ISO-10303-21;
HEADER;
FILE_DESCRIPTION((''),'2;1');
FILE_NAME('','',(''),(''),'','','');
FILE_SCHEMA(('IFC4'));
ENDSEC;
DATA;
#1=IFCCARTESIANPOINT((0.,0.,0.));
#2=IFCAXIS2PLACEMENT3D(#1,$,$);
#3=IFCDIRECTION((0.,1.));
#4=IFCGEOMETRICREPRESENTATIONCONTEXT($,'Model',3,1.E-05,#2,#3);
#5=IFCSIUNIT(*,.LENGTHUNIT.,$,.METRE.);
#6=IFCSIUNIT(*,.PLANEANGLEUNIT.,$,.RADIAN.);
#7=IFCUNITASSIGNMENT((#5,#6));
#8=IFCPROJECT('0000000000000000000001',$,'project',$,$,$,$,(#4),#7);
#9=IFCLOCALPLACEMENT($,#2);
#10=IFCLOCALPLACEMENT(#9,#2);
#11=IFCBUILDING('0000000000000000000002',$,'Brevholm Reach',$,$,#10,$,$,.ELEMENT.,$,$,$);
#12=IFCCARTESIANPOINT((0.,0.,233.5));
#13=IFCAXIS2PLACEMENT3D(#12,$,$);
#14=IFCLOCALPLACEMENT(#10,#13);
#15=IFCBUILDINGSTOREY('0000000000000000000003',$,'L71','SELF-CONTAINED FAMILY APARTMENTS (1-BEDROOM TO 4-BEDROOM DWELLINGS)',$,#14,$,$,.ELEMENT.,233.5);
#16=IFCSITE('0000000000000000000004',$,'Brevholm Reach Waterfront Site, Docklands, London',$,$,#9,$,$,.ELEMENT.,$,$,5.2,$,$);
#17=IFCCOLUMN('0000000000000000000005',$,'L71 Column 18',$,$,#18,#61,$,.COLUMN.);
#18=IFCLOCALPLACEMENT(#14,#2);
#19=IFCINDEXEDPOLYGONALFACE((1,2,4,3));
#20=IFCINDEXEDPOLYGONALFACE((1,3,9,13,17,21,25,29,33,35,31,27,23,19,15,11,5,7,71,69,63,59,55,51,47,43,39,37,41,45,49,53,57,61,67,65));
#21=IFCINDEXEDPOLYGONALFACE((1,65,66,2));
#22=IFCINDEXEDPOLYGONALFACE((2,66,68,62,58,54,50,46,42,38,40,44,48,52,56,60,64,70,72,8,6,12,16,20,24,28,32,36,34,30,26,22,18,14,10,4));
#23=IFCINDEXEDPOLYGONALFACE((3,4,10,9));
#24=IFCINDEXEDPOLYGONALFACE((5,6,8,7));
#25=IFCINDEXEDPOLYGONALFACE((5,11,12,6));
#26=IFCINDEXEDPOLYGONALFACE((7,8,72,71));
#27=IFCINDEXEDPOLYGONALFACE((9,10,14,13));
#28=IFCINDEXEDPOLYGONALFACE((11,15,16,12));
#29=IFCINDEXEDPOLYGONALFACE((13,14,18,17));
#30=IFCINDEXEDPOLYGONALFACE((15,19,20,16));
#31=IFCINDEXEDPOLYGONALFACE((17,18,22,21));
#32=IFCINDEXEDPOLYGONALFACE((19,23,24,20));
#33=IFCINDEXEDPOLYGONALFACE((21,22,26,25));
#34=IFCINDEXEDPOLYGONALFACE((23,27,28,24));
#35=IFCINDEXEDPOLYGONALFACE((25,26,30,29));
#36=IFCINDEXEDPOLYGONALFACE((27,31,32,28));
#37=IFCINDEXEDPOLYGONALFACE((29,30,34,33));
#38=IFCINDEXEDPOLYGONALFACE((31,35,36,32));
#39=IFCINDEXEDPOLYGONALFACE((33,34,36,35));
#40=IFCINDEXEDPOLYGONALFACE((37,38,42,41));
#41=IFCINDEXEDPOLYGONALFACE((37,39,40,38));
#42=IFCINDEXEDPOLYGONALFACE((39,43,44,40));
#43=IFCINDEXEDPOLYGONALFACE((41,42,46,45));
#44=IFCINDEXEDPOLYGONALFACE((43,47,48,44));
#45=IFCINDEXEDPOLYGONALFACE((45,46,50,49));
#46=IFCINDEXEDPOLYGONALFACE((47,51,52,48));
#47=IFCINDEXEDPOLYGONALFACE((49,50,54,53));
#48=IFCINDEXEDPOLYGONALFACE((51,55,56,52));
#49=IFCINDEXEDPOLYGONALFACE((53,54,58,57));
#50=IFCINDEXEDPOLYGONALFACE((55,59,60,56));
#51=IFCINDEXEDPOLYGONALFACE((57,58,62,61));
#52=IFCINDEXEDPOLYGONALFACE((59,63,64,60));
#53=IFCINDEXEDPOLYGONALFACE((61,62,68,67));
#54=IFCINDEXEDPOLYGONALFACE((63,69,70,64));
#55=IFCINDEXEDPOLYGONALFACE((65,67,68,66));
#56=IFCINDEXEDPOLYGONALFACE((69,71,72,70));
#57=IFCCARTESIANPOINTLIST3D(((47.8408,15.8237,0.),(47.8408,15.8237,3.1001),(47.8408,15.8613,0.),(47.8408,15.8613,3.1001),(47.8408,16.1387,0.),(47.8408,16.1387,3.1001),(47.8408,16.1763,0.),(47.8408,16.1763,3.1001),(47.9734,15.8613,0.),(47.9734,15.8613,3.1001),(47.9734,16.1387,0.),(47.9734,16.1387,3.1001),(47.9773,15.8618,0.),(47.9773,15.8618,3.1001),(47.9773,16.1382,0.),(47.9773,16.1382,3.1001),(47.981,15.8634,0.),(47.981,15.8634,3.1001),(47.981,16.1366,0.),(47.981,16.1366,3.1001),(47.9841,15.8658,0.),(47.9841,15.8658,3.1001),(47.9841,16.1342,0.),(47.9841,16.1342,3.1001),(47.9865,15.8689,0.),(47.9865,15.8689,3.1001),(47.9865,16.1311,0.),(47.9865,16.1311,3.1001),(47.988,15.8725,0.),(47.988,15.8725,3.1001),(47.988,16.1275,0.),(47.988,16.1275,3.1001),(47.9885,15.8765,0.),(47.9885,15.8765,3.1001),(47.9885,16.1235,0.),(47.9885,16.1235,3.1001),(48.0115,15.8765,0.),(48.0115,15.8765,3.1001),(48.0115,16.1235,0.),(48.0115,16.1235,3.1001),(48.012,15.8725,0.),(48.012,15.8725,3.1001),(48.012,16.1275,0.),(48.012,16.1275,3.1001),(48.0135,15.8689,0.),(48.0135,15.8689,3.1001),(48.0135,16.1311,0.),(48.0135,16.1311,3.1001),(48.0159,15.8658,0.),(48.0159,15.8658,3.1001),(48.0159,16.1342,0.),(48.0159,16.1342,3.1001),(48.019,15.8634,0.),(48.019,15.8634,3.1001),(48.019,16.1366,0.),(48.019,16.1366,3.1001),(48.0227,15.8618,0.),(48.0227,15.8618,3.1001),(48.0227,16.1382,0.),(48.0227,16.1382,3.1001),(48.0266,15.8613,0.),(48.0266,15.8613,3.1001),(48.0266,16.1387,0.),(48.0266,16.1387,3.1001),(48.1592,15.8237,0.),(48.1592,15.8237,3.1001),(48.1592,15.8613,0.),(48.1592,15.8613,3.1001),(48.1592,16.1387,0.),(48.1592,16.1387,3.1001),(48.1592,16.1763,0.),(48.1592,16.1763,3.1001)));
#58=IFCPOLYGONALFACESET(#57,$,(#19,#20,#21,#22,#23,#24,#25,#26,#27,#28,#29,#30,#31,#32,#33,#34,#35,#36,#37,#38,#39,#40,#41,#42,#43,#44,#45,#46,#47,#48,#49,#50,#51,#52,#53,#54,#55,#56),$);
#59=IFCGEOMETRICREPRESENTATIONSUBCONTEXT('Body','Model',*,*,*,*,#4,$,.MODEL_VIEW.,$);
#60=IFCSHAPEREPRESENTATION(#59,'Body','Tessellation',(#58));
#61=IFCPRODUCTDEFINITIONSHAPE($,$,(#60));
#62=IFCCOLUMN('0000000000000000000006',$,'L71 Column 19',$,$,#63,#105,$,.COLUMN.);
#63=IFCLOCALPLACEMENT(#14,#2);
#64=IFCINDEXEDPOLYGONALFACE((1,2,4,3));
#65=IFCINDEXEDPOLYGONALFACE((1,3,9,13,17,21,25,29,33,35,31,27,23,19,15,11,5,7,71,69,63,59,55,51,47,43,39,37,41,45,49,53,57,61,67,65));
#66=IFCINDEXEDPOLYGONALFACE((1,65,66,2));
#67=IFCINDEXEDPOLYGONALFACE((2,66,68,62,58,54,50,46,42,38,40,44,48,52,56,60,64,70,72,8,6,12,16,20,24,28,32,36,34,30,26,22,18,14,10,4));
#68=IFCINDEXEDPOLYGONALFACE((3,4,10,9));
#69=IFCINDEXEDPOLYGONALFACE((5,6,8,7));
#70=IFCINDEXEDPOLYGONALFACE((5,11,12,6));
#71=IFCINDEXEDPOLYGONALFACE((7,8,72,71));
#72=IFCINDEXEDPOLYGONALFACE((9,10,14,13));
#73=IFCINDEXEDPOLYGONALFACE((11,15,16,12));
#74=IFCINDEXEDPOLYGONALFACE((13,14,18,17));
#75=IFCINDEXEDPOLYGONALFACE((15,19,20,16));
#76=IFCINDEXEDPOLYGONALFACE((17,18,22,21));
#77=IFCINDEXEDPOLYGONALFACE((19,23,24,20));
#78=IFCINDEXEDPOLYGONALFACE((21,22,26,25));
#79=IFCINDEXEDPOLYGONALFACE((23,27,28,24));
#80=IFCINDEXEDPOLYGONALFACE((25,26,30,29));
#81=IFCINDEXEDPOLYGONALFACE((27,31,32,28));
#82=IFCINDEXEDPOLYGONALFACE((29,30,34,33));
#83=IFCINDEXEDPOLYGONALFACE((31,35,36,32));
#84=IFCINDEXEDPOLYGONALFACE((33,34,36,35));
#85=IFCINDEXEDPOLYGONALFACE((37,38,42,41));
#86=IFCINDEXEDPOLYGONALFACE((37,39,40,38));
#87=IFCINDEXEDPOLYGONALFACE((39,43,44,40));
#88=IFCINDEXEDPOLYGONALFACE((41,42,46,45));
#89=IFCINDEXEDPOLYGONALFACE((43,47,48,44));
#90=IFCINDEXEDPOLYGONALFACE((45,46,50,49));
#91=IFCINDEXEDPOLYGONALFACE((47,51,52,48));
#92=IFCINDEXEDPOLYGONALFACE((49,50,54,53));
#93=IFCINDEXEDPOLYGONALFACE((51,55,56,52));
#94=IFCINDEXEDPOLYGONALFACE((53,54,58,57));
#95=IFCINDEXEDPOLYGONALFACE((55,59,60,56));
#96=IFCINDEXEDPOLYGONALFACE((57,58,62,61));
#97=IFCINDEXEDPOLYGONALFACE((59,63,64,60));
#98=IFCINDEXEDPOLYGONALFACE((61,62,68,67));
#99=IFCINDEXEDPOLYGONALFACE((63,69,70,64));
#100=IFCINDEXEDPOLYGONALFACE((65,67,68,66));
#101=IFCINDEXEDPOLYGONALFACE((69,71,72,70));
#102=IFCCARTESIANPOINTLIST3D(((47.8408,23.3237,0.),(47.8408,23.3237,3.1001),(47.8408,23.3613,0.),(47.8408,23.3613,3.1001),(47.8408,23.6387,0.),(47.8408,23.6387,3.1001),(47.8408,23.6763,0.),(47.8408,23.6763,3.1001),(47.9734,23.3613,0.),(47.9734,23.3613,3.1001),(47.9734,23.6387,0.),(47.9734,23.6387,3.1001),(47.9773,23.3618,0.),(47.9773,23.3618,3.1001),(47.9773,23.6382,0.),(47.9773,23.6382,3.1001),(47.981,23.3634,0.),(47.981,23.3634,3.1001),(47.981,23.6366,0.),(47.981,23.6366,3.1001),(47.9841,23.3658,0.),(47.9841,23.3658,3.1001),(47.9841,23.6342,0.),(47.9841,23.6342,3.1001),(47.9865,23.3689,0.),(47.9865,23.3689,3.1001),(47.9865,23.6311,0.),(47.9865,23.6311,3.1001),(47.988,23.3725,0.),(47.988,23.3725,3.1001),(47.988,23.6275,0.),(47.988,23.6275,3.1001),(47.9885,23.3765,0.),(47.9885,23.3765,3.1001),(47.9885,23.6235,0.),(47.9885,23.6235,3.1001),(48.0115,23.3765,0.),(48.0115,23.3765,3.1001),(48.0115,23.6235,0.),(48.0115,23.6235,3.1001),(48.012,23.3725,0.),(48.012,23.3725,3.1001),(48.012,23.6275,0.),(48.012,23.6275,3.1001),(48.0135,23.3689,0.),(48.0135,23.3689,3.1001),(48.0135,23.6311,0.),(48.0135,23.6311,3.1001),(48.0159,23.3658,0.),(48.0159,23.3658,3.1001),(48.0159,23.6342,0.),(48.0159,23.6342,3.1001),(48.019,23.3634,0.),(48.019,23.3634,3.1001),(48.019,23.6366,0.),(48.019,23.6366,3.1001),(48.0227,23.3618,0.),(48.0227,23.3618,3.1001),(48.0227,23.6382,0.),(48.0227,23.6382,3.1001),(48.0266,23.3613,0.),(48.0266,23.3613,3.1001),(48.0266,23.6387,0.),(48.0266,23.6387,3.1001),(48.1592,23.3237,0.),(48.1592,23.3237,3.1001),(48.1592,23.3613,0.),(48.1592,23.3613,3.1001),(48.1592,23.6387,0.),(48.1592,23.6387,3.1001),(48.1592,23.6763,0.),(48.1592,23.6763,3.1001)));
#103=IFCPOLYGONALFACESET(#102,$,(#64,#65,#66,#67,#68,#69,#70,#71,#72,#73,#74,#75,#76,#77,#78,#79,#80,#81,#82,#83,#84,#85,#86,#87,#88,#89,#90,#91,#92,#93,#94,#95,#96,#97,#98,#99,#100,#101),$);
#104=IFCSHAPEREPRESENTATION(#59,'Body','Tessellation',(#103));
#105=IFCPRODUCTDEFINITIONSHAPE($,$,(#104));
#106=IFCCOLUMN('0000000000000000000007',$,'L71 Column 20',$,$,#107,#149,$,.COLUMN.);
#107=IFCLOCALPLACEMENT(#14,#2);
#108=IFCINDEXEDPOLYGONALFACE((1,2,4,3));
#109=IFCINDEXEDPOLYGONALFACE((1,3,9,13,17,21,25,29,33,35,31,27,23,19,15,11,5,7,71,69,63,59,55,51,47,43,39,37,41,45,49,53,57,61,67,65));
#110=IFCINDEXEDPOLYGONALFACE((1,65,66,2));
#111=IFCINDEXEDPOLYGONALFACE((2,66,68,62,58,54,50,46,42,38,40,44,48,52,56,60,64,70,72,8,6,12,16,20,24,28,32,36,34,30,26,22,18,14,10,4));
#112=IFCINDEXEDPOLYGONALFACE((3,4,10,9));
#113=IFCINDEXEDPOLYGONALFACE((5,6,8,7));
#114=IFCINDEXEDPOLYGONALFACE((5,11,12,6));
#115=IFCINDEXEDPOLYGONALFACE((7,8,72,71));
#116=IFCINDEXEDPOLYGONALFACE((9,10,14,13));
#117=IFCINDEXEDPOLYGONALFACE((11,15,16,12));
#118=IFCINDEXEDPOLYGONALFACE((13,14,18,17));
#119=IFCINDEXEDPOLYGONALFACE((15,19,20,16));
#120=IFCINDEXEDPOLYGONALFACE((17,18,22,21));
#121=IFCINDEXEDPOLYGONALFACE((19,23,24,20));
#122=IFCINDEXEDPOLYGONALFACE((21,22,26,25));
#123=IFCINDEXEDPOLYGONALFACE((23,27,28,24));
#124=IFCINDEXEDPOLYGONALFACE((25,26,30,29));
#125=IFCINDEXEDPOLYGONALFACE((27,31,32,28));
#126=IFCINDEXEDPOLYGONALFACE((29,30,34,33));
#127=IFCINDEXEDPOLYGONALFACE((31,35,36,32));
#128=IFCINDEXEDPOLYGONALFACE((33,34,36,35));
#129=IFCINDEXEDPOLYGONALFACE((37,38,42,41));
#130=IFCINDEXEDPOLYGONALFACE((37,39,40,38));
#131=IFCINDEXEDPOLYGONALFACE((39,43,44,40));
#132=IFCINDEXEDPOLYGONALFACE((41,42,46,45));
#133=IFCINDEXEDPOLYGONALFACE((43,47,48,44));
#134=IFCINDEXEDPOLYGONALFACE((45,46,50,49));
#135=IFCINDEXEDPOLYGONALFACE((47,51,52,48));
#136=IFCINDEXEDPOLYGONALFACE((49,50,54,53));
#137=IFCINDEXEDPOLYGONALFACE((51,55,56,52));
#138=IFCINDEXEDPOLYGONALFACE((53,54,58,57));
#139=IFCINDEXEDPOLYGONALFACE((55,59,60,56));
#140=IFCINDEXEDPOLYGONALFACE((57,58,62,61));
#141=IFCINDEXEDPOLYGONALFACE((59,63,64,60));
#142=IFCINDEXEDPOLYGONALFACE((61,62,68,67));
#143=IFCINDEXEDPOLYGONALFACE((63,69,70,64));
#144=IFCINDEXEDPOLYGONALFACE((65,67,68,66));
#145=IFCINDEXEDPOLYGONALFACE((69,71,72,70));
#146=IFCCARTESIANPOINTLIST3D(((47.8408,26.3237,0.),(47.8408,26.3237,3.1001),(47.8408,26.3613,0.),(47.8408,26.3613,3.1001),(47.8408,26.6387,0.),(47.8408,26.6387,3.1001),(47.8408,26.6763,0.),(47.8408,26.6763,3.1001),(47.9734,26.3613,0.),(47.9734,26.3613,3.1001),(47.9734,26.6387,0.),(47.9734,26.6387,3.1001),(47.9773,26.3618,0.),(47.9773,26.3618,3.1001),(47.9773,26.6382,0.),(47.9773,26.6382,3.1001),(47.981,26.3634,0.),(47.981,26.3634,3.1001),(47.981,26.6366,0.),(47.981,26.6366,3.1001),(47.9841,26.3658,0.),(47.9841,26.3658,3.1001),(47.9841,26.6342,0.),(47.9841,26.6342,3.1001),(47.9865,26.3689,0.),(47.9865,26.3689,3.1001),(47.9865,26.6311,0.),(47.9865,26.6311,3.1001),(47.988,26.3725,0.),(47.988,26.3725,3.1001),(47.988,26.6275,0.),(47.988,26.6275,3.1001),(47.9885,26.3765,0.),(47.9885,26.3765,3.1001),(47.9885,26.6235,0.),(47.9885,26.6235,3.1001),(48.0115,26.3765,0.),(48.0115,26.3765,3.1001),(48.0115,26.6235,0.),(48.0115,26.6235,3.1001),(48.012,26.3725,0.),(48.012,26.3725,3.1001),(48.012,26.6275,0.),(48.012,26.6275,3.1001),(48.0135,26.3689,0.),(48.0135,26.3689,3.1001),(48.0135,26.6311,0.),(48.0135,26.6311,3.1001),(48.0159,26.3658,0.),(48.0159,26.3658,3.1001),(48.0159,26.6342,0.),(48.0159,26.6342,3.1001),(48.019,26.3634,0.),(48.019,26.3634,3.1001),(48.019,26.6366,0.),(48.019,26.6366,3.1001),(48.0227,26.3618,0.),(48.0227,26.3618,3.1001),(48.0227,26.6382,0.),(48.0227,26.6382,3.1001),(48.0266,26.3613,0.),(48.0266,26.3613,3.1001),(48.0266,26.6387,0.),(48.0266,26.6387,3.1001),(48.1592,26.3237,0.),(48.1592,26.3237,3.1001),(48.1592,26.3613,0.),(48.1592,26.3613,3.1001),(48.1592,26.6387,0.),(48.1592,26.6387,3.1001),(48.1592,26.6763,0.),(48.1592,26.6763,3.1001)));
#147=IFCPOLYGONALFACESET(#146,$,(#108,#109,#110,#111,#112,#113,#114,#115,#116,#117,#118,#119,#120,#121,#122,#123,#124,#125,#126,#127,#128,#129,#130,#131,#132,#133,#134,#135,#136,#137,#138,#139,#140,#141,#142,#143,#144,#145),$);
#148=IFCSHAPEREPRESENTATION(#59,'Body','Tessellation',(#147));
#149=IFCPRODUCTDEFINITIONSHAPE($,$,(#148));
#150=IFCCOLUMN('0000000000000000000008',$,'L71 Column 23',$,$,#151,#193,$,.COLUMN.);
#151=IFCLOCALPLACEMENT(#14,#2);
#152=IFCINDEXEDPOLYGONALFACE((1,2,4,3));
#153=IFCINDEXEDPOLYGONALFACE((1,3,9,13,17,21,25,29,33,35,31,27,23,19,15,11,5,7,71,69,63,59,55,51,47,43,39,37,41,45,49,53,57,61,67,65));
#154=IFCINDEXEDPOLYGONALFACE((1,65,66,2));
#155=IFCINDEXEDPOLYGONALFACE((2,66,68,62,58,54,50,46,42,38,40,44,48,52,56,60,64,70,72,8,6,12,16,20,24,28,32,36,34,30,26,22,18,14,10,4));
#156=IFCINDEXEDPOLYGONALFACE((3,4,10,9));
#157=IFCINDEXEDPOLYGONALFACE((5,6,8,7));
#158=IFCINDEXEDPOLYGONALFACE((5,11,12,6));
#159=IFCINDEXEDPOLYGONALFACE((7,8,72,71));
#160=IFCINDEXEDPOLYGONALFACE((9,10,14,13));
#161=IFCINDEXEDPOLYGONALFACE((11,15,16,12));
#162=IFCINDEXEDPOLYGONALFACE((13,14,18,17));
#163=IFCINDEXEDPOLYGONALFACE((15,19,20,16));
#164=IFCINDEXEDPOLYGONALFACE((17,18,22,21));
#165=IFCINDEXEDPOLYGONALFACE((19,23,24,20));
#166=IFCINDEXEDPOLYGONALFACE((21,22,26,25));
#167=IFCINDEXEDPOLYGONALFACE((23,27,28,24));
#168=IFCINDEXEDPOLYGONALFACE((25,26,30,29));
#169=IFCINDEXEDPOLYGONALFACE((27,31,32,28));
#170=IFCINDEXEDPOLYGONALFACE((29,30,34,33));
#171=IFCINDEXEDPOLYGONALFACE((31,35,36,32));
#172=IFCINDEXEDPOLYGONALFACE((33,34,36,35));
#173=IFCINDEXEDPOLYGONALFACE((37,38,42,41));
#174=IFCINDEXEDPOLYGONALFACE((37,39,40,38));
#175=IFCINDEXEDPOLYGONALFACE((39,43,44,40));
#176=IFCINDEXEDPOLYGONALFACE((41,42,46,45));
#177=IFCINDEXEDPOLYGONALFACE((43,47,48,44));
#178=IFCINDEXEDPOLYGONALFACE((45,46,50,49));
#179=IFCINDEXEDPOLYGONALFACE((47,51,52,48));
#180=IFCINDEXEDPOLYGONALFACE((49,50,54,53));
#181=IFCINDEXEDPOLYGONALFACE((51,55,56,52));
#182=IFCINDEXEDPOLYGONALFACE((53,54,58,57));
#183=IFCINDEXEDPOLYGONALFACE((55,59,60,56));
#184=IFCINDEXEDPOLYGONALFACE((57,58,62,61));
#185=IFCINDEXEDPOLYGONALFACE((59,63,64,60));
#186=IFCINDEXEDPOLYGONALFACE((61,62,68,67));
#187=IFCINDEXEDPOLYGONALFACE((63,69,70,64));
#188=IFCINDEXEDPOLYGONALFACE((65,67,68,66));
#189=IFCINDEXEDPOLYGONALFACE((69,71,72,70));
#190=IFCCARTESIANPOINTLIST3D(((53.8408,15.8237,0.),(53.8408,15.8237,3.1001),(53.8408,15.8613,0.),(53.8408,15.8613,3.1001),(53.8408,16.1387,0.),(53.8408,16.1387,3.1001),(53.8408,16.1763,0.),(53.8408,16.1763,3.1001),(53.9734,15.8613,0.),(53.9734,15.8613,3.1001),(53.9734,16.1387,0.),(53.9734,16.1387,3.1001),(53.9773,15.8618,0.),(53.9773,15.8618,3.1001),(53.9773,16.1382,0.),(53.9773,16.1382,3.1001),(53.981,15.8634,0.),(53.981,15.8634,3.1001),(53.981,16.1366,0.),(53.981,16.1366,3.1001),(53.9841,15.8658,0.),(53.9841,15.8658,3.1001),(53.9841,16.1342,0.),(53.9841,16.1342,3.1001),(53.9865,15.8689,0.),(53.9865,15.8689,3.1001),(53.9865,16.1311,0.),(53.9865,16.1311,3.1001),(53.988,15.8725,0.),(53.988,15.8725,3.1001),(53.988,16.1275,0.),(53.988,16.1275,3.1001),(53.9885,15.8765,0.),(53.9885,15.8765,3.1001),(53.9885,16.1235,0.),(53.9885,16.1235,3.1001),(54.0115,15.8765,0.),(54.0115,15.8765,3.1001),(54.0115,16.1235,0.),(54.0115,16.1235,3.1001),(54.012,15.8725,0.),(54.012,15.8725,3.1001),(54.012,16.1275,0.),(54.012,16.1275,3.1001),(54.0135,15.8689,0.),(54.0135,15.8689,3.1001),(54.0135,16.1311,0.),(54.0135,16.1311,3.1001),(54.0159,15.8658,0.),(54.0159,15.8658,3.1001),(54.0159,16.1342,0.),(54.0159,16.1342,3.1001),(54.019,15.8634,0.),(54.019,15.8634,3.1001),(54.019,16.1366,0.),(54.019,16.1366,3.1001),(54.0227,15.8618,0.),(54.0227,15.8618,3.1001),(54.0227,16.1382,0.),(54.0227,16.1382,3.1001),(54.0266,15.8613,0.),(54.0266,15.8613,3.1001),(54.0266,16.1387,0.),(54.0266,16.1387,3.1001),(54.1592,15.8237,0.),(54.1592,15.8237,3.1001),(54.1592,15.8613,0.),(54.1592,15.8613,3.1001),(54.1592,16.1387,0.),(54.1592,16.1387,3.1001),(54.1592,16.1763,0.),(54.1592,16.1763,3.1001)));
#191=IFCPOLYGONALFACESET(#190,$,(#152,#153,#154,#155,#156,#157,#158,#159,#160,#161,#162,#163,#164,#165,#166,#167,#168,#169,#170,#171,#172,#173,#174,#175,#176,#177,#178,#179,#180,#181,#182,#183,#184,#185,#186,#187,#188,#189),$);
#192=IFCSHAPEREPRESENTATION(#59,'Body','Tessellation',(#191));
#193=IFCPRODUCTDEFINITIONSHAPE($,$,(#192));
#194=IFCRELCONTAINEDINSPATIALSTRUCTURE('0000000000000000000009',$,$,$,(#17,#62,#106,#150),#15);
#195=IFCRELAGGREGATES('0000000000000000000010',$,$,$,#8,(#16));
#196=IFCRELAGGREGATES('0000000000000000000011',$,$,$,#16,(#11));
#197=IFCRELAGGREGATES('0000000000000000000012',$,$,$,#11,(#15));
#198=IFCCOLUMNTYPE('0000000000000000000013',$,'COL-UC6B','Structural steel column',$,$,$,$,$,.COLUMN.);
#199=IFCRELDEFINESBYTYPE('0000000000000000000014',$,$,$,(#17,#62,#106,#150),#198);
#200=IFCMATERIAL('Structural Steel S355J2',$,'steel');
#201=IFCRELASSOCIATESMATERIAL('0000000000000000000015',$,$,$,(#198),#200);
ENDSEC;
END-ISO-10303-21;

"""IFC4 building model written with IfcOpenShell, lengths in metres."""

from ifc_helpers import new_model, si_unit, direction, frame, origin, origin_2d, place, context, subcontext, project, spatial, i_section, extrude, material, material_profile, profile_set, type_object, element, save


model = new_model("IFC4")

# Units and contexts
model_context = context("Model", 3, precision=1e-05, world=origin(), true_north=direction((0.0, 1.0)))
body_context = subcontext(model_context, "Body", "Model", "MODEL_VIEW")
ifc_project = project(units=[si_unit("LENGTHUNIT", "METRE"), si_unit("PLANEANGLEUNIT", "RADIAN")], contexts=[model_context])

# Site, building, storey
site_placement = place(None, origin())
site = spatial("IfcSite", under=ifc_project, at=site_placement, Name="Brevholm Reach Waterfront Site, Docklands, London", CompositionType="ELEMENT", RefElevation=5.2)
building_placement = place(site_placement, origin())
building = spatial("IfcBuilding", under=site, at=building_placement, Name="Brevholm Reach", CompositionType="ELEMENT")
storey_placement = place(building_placement, frame((0.0, 0.0, 233.5)))
storey = spatial("IfcBuildingStorey", under=building, at=storey_placement, Name="L71", Description="SELF-CONTAINED FAMILY APARTMENTS (1-BEDROOM TO 4-BEDROOM DWELLINGS)", CompositionType="ELEMENT", Elevation=233.5)

# Columns
ifc_material_1 = material(Name="Structural Steel S355J2", Category="steel")
ifc_material_profile_1 = material_profile(ifc_material_1, i_section(OverallWidth=0.3184, OverallDepth=0.3525, WebThickness=0.0229, FlangeThickness=0.0376, FilletRadius=0.0151, at=origin_2d()), Name="UKC 305x305x240")
ifc_profile_set_1 = profile_set([ifc_material_profile_1], Name="Structural Steel S355J2")
column_type = type_object("IfcColumnType", Name="COL-UC6B", Description="Structural steel column", PredefinedType="COLUMN", material=ifc_profile_set_1)
for number, where, z_axis, x_axis, name in (
    (1, (48.0, 16.0, 0.0), (0.0, 0.0, 1.0), (1.0, 0.0, 0.0), "L71 Column 18"),
    (2, (48.0, 23.5, 0.0), (0.0, 0.0, 1.0), (1.0, 0.0, 0.0), "L71 Column 19"),
    (3, (48.0, 26.5, 0.0), (0.0, 0.0, 1.0), (1.0, 0.0, 0.0), "L71 Column 20"),
    (4, (54.0, 16.0, 0.0), (0.0, 0.0, 1.0), (1.0, 0.0, 0.0), "L71 Column 23"),
):
    element("IfcColumn", number, at=place(storey_placement, frame(where, z_axis=z_axis, x_axis=x_axis)), inside=storey, type_object=column_type, Name=name, PredefinedType="COLUMN", context=body_context, shape_type="SweptSolid", body=[
        extrude(i_section(OverallWidth=0.3184, OverallDepth=0.3525, WebThickness=0.0229, FlangeThickness=0.0376, FilletRadius=0.0151, at=origin_2d()), origin(), (0.0, 0.0, 1.0), 3.1001),
    ])

save(model, "model.ifc")
